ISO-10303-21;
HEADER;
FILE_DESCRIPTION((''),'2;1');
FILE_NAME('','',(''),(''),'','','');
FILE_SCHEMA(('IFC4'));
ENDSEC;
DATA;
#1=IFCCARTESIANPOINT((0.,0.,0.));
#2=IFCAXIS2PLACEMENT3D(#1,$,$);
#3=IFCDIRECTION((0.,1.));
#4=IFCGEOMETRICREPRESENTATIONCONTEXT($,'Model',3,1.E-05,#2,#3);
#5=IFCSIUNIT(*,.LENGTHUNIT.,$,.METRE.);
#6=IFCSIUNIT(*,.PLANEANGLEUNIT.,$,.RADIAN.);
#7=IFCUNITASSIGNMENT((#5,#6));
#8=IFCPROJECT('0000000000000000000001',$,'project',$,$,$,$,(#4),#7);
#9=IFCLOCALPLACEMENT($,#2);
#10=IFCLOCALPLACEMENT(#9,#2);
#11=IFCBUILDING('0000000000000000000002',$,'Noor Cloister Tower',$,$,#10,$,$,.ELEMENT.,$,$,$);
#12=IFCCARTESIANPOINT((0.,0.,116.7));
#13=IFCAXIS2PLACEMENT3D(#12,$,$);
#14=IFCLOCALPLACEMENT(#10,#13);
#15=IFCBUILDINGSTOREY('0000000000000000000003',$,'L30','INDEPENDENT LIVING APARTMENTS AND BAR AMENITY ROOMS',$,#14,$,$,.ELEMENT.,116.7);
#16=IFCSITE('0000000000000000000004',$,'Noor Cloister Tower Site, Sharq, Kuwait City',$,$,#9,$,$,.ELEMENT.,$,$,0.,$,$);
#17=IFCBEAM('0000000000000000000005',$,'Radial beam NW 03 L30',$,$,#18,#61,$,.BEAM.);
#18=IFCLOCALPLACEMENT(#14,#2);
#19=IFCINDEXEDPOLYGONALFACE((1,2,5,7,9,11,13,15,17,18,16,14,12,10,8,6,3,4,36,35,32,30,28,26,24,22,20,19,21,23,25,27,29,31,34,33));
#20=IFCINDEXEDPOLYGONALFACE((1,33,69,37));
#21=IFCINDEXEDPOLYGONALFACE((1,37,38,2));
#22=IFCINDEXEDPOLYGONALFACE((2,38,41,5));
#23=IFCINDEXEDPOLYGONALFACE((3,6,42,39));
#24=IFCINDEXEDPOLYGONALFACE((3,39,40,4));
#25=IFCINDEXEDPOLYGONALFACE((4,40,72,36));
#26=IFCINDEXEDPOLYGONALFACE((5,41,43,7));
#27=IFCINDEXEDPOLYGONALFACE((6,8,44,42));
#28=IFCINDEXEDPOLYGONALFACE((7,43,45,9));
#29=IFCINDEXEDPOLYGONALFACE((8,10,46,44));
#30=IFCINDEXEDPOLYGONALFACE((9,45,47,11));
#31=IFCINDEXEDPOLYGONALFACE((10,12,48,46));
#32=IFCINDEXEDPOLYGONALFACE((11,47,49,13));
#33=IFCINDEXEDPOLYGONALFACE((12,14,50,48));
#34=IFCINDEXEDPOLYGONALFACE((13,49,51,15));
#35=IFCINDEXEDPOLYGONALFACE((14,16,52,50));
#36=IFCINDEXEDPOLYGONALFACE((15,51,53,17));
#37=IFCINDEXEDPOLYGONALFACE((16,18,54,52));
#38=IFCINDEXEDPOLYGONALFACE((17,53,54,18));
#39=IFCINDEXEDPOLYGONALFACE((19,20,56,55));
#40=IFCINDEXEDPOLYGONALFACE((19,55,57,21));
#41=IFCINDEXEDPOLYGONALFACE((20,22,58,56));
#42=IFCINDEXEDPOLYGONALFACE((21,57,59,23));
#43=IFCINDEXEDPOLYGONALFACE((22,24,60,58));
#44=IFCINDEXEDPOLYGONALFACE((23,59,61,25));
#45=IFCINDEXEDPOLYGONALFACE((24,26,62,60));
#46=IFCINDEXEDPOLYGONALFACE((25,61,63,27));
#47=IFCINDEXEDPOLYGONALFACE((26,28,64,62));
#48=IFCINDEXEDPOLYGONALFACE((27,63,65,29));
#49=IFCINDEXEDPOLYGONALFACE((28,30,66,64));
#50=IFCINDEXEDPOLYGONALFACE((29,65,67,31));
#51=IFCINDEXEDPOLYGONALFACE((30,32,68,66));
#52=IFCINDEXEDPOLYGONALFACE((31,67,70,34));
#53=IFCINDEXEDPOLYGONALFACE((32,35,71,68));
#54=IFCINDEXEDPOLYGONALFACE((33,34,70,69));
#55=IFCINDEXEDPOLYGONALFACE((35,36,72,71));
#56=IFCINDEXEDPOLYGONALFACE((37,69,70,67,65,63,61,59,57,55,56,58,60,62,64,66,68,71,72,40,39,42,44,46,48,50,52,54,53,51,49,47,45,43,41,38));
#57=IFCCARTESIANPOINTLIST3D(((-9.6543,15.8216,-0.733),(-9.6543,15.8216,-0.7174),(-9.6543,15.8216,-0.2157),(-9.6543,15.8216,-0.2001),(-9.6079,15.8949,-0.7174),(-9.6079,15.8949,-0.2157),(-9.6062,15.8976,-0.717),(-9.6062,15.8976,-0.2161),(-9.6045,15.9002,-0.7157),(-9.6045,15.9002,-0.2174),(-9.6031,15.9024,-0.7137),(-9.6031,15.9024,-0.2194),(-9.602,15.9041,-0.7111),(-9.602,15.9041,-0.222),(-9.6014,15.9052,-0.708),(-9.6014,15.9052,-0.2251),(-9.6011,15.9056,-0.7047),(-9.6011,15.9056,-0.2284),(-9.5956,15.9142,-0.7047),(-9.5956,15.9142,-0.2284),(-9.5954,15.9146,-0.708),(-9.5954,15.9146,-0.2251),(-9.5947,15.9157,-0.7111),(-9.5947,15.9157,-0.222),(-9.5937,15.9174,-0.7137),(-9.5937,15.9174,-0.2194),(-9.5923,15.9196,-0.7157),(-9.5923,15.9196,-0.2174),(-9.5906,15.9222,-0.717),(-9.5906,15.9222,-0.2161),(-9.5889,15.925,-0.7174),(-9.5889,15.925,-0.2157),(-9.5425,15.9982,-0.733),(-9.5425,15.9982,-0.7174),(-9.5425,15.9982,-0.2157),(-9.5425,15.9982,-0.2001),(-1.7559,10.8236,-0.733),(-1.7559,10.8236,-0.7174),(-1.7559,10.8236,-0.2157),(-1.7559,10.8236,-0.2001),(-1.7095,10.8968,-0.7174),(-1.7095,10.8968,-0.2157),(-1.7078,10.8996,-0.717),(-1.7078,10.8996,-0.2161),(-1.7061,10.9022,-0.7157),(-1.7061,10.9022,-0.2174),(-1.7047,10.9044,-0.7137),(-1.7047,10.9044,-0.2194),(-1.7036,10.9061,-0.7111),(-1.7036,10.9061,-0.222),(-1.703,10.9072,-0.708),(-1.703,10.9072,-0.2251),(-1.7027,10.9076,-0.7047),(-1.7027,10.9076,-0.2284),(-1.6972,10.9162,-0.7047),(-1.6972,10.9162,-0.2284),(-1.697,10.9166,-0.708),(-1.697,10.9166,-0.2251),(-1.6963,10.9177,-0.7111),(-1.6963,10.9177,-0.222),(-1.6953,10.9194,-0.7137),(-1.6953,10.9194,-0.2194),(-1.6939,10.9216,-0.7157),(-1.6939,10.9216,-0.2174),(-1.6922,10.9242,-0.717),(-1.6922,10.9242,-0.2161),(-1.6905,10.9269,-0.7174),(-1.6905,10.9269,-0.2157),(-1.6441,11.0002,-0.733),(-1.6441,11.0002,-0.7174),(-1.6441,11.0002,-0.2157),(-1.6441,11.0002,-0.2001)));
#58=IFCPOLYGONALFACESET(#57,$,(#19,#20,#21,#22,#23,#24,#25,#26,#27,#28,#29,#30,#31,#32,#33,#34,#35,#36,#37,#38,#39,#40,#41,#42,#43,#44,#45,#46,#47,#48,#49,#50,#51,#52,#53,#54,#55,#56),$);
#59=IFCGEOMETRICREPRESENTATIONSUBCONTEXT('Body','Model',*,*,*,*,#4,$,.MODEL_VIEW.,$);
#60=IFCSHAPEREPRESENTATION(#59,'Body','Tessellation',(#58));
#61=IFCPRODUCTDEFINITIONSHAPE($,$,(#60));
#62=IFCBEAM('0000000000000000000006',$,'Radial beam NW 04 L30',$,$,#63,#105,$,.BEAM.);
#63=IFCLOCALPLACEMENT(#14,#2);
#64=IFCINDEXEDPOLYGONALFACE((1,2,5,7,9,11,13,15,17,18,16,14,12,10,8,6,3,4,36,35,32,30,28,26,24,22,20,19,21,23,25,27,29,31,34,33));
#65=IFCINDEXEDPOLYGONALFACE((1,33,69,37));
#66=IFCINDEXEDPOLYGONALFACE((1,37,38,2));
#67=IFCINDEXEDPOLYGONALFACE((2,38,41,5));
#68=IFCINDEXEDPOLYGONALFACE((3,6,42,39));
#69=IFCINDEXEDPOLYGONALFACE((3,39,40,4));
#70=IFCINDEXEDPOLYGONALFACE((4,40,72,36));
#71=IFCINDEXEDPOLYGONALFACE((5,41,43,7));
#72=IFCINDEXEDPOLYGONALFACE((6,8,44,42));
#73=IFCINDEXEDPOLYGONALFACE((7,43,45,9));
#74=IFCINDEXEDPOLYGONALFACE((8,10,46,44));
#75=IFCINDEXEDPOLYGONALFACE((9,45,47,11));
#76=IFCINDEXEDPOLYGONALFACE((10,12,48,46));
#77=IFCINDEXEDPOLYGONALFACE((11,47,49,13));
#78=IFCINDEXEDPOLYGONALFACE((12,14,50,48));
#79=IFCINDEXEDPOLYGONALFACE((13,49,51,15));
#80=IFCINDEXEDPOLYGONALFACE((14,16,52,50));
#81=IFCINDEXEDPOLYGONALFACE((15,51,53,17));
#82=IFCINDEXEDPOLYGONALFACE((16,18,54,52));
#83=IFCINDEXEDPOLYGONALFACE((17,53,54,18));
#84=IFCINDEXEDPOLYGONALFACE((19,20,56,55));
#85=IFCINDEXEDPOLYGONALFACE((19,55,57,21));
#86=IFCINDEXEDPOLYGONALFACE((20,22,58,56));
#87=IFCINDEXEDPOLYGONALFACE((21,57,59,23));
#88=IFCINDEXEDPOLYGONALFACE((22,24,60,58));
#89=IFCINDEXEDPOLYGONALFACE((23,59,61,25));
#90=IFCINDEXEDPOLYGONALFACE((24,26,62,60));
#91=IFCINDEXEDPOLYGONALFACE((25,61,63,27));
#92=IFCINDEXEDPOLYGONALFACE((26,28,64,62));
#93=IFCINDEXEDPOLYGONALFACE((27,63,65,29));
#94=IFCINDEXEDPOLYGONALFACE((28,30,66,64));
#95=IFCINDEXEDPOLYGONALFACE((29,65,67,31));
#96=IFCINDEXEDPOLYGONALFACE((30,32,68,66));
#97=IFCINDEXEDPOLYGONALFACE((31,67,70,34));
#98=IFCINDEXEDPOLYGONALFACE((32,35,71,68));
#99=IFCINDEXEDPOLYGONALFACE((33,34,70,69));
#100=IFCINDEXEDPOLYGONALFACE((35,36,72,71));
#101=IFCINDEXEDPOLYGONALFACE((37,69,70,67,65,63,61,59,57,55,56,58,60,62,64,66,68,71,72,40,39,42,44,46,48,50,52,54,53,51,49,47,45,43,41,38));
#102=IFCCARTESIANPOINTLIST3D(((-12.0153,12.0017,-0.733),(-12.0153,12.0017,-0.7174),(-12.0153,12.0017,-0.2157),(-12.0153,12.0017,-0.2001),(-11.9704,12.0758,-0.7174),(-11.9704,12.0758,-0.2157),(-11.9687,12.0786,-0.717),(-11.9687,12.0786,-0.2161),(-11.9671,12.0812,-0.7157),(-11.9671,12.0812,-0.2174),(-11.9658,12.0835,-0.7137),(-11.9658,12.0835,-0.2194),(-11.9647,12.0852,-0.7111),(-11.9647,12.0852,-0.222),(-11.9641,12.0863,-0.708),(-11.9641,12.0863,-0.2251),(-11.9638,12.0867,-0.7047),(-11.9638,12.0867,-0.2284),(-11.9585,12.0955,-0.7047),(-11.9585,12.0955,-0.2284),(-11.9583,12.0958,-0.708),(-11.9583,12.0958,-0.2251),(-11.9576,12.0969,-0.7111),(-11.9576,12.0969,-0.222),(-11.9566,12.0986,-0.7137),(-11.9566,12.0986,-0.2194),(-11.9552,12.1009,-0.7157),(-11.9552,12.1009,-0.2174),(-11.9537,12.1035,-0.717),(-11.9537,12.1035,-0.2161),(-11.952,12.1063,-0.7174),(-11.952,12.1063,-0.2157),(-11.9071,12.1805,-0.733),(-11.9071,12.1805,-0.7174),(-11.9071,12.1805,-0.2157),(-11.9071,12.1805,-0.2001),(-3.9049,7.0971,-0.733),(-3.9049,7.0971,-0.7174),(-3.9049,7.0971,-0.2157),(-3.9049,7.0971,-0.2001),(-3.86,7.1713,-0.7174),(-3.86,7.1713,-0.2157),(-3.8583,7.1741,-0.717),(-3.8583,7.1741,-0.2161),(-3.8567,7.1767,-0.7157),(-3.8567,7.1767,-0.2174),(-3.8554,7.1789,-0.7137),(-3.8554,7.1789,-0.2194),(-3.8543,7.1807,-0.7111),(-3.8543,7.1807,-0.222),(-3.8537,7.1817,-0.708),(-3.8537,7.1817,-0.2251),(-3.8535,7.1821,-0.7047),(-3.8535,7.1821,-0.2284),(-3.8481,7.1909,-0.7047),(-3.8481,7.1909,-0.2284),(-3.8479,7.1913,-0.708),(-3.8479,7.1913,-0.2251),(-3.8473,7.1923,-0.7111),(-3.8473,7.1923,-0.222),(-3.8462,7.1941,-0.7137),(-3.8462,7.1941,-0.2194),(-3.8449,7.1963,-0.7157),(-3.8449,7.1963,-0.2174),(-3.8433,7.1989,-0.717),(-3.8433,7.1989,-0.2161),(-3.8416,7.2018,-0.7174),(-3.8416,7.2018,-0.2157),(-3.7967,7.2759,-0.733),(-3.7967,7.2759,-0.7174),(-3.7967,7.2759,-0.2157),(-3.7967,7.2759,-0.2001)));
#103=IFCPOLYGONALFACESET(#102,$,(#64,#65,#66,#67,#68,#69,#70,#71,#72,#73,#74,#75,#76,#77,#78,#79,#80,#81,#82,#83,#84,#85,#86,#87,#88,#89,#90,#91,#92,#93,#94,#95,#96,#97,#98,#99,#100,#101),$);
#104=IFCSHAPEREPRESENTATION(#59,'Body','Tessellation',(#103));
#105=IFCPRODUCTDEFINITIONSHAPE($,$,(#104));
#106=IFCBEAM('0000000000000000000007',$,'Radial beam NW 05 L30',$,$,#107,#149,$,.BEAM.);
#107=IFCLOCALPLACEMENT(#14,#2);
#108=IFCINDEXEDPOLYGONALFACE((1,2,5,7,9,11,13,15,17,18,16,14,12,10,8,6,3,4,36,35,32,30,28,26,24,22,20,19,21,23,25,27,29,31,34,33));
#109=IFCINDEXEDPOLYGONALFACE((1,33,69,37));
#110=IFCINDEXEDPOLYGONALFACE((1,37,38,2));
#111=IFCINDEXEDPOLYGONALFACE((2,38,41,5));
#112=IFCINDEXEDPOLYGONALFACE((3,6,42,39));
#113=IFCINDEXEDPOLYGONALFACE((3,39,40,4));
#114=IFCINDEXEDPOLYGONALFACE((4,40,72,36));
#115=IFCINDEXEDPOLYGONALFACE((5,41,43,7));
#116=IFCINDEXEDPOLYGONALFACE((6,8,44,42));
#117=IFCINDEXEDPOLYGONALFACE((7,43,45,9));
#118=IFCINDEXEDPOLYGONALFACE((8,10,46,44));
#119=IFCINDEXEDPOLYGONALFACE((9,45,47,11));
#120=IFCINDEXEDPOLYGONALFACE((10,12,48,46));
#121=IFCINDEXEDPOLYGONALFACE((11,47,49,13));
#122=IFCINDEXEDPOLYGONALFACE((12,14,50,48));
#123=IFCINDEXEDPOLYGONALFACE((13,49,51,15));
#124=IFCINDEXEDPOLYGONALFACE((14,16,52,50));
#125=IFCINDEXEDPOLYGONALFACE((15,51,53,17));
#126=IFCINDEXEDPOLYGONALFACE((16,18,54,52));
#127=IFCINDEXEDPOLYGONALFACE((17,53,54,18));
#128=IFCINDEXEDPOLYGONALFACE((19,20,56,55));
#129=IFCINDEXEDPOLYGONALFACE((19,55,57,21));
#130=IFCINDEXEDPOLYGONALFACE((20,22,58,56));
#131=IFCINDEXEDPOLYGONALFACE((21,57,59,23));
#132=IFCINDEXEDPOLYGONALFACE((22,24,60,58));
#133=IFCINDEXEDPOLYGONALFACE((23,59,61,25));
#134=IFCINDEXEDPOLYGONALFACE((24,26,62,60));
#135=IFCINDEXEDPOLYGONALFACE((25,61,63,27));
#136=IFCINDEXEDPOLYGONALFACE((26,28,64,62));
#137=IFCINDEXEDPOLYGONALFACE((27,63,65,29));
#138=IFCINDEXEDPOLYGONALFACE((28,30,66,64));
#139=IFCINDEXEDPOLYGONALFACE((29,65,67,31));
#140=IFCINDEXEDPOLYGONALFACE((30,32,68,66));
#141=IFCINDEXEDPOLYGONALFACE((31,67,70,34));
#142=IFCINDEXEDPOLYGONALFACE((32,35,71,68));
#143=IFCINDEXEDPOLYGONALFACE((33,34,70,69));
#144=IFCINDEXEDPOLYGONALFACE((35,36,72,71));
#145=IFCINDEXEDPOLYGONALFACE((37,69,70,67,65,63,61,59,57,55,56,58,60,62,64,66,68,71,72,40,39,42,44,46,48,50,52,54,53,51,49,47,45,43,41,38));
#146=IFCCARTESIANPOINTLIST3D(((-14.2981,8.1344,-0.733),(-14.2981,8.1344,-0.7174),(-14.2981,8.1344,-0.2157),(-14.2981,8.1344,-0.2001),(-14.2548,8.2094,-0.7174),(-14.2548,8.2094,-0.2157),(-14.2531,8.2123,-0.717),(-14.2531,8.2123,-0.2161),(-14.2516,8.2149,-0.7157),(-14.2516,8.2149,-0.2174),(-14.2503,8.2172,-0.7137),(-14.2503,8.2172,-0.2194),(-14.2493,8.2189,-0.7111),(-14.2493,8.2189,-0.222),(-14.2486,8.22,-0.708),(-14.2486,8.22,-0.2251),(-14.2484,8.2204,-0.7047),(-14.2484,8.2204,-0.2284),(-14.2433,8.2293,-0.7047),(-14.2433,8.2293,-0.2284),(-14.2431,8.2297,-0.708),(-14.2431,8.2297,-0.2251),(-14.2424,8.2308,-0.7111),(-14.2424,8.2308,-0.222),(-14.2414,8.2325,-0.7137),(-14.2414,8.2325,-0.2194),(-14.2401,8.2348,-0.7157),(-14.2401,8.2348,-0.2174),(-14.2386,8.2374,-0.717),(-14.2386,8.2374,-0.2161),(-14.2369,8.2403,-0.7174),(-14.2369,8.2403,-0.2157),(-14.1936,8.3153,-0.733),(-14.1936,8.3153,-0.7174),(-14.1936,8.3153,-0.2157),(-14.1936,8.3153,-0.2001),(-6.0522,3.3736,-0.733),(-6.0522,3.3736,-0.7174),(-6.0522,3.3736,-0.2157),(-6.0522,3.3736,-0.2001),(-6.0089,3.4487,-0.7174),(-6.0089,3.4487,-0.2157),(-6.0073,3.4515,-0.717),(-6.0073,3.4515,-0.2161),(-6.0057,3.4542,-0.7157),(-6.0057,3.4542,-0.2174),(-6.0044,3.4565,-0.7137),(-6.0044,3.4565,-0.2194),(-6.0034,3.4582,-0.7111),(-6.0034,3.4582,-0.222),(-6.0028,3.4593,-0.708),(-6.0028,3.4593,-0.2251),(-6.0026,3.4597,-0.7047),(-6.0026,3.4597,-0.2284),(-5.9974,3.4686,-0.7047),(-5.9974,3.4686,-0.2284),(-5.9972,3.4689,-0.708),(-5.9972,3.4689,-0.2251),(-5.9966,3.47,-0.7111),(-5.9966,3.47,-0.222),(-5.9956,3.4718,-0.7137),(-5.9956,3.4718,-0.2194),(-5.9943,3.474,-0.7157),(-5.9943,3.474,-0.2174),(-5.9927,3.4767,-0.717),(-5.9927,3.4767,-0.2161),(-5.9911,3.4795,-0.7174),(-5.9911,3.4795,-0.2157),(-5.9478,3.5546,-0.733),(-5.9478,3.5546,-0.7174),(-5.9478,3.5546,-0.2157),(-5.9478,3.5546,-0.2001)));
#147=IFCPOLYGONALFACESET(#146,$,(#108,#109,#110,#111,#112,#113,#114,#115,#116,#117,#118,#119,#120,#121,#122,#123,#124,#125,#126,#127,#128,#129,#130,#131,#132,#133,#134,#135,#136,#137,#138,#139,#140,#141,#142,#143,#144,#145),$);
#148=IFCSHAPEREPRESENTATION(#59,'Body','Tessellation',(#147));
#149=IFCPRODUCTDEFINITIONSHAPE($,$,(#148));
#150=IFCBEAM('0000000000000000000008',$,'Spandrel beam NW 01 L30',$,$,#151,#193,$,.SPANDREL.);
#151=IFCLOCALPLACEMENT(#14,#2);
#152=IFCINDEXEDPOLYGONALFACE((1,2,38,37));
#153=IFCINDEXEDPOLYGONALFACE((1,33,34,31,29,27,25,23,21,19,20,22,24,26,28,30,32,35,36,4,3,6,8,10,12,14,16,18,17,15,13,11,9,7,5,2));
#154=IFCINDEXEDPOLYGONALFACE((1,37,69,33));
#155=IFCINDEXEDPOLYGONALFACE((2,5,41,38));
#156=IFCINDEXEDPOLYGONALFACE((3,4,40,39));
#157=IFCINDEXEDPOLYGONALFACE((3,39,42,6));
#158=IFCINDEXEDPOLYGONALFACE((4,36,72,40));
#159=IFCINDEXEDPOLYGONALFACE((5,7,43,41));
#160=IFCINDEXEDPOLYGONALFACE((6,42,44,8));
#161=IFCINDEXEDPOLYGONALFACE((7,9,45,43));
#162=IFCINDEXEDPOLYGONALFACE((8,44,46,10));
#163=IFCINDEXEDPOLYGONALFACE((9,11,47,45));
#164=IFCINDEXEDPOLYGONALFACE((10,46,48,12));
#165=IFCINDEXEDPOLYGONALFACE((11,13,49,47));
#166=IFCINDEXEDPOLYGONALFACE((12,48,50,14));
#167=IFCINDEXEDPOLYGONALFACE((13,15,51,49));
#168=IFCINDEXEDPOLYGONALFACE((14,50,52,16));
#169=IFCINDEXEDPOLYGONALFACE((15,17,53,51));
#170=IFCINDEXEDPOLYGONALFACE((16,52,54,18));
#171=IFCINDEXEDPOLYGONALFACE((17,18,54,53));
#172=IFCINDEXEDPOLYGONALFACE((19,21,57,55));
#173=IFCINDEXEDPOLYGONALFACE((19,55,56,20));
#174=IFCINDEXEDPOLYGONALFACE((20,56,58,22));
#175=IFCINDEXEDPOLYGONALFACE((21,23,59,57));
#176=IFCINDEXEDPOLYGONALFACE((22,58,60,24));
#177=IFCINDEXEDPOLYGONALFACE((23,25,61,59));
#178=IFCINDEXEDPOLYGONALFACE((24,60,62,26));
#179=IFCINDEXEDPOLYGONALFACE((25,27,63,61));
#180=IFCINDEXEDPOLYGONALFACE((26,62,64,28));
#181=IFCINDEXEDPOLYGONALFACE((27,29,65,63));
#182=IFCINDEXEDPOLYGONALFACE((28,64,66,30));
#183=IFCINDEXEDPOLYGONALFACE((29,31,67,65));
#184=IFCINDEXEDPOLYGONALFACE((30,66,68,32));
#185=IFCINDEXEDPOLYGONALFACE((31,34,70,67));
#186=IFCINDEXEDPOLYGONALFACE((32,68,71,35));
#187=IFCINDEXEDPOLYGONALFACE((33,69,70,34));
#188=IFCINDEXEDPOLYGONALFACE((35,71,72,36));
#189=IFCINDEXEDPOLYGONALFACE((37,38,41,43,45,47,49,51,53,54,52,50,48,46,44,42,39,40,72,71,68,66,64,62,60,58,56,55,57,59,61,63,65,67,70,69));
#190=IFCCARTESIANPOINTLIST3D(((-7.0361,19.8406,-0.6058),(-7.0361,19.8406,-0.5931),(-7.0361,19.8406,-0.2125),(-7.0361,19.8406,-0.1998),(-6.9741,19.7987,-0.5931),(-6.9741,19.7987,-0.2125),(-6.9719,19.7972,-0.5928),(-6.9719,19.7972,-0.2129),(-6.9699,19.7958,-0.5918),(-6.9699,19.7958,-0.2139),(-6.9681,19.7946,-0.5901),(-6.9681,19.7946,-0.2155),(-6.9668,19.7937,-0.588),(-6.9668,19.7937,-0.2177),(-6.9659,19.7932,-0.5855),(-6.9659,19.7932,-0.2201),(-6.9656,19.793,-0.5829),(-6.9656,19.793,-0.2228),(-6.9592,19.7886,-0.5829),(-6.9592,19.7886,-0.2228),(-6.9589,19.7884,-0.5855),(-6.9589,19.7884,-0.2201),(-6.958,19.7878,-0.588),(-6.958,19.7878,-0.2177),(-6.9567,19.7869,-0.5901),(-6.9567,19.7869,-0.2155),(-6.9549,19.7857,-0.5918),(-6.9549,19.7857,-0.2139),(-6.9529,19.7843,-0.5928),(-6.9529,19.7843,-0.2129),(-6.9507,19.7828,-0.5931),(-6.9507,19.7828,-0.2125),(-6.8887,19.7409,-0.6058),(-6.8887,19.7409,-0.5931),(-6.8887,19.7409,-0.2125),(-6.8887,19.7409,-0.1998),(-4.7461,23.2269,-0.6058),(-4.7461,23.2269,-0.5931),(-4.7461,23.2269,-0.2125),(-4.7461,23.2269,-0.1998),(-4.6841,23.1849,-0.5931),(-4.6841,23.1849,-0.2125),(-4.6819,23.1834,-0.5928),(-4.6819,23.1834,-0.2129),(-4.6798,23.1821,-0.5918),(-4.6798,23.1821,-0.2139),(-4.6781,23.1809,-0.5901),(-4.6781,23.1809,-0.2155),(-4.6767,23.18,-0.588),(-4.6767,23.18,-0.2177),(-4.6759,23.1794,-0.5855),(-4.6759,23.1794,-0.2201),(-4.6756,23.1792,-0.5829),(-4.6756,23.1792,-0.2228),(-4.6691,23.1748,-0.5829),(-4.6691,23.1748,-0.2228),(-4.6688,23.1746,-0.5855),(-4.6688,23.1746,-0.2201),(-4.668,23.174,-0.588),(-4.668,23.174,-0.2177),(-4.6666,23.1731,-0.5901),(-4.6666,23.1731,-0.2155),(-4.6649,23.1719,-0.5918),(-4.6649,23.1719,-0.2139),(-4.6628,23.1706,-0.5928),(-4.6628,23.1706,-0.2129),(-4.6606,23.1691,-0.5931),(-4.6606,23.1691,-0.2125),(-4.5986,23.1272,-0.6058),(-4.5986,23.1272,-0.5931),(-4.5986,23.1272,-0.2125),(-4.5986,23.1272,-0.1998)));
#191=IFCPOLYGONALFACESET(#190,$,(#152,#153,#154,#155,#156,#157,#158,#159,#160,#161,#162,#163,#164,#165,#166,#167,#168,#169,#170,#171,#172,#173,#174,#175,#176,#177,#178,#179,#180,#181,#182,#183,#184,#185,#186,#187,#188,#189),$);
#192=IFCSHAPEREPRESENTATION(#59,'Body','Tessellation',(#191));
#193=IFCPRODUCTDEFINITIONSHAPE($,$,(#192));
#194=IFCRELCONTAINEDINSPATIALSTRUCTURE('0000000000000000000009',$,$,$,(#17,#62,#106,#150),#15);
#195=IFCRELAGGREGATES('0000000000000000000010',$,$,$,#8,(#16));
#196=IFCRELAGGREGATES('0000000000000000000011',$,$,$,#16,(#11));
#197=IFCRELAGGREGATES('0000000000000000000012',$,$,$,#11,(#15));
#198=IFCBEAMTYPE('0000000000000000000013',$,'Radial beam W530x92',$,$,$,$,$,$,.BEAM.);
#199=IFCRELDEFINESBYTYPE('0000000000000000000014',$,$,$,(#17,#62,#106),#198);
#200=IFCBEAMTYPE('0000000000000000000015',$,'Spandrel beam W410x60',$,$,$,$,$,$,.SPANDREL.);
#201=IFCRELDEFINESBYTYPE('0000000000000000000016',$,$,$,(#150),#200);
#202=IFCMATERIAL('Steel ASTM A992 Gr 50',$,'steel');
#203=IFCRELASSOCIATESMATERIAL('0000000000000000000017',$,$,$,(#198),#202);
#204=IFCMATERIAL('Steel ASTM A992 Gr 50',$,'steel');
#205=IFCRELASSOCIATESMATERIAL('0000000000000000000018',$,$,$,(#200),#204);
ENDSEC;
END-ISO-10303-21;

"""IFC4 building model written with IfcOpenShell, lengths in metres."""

from ifc_helpers import new_model, si_unit, direction, frame, origin, origin_2d, place, context, subcontext, project, spatial, i_section, extrude, material, material_profile, profile_set, type_object, element, save


model = new_model("IFC4")

# Units and contexts
model_context = context("Model", 3, precision=1e-05, world=origin(), true_north=direction((0.0, 1.0)))
body_context = subcontext(model_context, "Body", "Model", "MODEL_VIEW")
ifc_project = project(units=[si_unit("LENGTHUNIT", "METRE"), si_unit("PLANEANGLEUNIT", "RADIAN")], contexts=[model_context])

# Site, building, storey
site_placement = place(None, origin())
site = spatial("IfcSite", under=ifc_project, at=site_placement, Name="Noor Cloister Tower Site, Sharq, Kuwait City", CompositionType="ELEMENT", RefElevation=0.0)
building_placement = place(site_placement, origin())
building = spatial("IfcBuilding", under=site, at=building_placement, Name="Noor Cloister Tower", CompositionType="ELEMENT")
storey_placement = place(building_placement, frame((0.0, 0.0, 116.7)))
storey = spatial("IfcBuildingStorey", under=building, at=storey_placement, Name="L30", Description="INDEPENDENT LIVING APARTMENTS AND BAR AMENITY ROOMS", CompositionType="ELEMENT", Elevation=116.7)

# Beams
ifc_material_1 = material(Name="Steel ASTM A992 Gr 50", Category="steel")
ifc_material_profile_1 = material_profile(ifc_material_1, i_section(OverallWidth=0.209, OverallDepth=0.533, WebThickness=0.0103, FlangeThickness=0.0156, FilletRadius=0.0127, at=origin_2d()), Name="W530x92")
ifc_profile_set_1 = profile_set([ifc_material_profile_1], Name="Steel ASTM A992 Gr 50")
beam_type_1 = type_object("IfcBeamType", Name="Radial beam W530x92", PredefinedType="BEAM", material=ifc_profile_set_1)
beam_1_placement = place(storey_placement, frame((-9.5984, 15.9099, -0.4666), z_axis=(0.845027, -0.534724, 0.0), x_axis=(0.534724, 0.845027, 0.0)))
element("IfcBeam", 1, at=beam_1_placement, inside=storey, type_object=beam_type_1, Name="Radial beam NW 03 L30", PredefinedType="BEAM", context=body_context, shape_type="SweptSolid", body=[
    extrude(i_section(OverallWidth=0.209, OverallDepth=0.533, WebThickness=0.0103, FlangeThickness=0.0156, FilletRadius=0.0127, at=origin_2d()), origin(), (0.0, 0.0, 1.0), 9.3469),
])
beam_2_placement = place(storey_placement, frame((-11.9612, 12.0911, -0.4666), z_axis=(0.855704, -0.517466, 0.0), x_axis=(0.517466, 0.855704, 0.0)))
element("IfcBeam", 2, at=beam_2_placement, inside=storey, type_object=beam_type_1, Name="Radial beam NW 04 L30", PredefinedType="BEAM", context=body_context, shape_type="SweptSolid", body=[
    extrude(i_section(OverallWidth=0.209, OverallDepth=0.533, WebThickness=0.0103, FlangeThickness=0.0156, FilletRadius=0.0127, at=origin_2d()), origin(), (0.0, 0.0, 1.0), 9.478),
])
beam_3_placement = place(storey_placement, frame((-14.2458, 8.2249, -0.4666), z_axis=(0.866025, -0.5, 0.0), x_axis=(0.5, 0.866025, 0.0)))
element("IfcBeam", 3, at=beam_3_placement, inside=storey, type_object=beam_type_1, Name="Radial beam NW 05 L30", PredefinedType="BEAM", context=body_context, shape_type="SweptSolid", body=[
    extrude(i_section(OverallWidth=0.209, OverallDepth=0.533, WebThickness=0.0103, FlangeThickness=0.0156, FilletRadius=0.0127, at=origin_2d()), origin(), (0.0, 0.0, 1.0), 9.5215),
])
ifc_material_2 = material(Name="Steel ASTM A992 Gr 50", Category="steel")
ifc_material_profile_2 = material_profile(ifc_material_2, i_section(OverallWidth=0.178, OverallDepth=0.406, WebThickness=0.0078, FlangeThickness=0.0127, FilletRadius=0.0103, at=origin_2d()), Name="W410x60")
ifc_profile_set_2 = profile_set([ifc_material_profile_2], Name="Steel ASTM A992 Gr 50")
beam_type_2 = type_object("IfcBeamType", Name="Spandrel beam W410x60", PredefinedType="SPANDREL", material=ifc_profile_set_2)
for number, where, z_axis, x_axis, name in (
    (4, (-4.6724, 23.177, -0.4028), (-0.560201, -0.828357, 0.0), (0.828357, -0.560201, 0.0), "Spandrel beam NW 01 L30"),
):
    element("IfcBeam", number, at=place(storey_placement, frame(where, z_axis=z_axis, x_axis=x_axis)), inside=storey, type_object=beam_type_2, Name=name, PredefinedType="SPANDREL", context=body_context, shape_type="SweptSolid", body=[
        extrude(i_section(OverallWidth=0.178, OverallDepth=0.406, WebThickness=0.0078, FlangeThickness=0.0127, FilletRadius=0.0103, at=origin_2d()), origin(), (0.0, 0.0, 1.0), 4.0879),
    ])

save(model, "model.ifc")
